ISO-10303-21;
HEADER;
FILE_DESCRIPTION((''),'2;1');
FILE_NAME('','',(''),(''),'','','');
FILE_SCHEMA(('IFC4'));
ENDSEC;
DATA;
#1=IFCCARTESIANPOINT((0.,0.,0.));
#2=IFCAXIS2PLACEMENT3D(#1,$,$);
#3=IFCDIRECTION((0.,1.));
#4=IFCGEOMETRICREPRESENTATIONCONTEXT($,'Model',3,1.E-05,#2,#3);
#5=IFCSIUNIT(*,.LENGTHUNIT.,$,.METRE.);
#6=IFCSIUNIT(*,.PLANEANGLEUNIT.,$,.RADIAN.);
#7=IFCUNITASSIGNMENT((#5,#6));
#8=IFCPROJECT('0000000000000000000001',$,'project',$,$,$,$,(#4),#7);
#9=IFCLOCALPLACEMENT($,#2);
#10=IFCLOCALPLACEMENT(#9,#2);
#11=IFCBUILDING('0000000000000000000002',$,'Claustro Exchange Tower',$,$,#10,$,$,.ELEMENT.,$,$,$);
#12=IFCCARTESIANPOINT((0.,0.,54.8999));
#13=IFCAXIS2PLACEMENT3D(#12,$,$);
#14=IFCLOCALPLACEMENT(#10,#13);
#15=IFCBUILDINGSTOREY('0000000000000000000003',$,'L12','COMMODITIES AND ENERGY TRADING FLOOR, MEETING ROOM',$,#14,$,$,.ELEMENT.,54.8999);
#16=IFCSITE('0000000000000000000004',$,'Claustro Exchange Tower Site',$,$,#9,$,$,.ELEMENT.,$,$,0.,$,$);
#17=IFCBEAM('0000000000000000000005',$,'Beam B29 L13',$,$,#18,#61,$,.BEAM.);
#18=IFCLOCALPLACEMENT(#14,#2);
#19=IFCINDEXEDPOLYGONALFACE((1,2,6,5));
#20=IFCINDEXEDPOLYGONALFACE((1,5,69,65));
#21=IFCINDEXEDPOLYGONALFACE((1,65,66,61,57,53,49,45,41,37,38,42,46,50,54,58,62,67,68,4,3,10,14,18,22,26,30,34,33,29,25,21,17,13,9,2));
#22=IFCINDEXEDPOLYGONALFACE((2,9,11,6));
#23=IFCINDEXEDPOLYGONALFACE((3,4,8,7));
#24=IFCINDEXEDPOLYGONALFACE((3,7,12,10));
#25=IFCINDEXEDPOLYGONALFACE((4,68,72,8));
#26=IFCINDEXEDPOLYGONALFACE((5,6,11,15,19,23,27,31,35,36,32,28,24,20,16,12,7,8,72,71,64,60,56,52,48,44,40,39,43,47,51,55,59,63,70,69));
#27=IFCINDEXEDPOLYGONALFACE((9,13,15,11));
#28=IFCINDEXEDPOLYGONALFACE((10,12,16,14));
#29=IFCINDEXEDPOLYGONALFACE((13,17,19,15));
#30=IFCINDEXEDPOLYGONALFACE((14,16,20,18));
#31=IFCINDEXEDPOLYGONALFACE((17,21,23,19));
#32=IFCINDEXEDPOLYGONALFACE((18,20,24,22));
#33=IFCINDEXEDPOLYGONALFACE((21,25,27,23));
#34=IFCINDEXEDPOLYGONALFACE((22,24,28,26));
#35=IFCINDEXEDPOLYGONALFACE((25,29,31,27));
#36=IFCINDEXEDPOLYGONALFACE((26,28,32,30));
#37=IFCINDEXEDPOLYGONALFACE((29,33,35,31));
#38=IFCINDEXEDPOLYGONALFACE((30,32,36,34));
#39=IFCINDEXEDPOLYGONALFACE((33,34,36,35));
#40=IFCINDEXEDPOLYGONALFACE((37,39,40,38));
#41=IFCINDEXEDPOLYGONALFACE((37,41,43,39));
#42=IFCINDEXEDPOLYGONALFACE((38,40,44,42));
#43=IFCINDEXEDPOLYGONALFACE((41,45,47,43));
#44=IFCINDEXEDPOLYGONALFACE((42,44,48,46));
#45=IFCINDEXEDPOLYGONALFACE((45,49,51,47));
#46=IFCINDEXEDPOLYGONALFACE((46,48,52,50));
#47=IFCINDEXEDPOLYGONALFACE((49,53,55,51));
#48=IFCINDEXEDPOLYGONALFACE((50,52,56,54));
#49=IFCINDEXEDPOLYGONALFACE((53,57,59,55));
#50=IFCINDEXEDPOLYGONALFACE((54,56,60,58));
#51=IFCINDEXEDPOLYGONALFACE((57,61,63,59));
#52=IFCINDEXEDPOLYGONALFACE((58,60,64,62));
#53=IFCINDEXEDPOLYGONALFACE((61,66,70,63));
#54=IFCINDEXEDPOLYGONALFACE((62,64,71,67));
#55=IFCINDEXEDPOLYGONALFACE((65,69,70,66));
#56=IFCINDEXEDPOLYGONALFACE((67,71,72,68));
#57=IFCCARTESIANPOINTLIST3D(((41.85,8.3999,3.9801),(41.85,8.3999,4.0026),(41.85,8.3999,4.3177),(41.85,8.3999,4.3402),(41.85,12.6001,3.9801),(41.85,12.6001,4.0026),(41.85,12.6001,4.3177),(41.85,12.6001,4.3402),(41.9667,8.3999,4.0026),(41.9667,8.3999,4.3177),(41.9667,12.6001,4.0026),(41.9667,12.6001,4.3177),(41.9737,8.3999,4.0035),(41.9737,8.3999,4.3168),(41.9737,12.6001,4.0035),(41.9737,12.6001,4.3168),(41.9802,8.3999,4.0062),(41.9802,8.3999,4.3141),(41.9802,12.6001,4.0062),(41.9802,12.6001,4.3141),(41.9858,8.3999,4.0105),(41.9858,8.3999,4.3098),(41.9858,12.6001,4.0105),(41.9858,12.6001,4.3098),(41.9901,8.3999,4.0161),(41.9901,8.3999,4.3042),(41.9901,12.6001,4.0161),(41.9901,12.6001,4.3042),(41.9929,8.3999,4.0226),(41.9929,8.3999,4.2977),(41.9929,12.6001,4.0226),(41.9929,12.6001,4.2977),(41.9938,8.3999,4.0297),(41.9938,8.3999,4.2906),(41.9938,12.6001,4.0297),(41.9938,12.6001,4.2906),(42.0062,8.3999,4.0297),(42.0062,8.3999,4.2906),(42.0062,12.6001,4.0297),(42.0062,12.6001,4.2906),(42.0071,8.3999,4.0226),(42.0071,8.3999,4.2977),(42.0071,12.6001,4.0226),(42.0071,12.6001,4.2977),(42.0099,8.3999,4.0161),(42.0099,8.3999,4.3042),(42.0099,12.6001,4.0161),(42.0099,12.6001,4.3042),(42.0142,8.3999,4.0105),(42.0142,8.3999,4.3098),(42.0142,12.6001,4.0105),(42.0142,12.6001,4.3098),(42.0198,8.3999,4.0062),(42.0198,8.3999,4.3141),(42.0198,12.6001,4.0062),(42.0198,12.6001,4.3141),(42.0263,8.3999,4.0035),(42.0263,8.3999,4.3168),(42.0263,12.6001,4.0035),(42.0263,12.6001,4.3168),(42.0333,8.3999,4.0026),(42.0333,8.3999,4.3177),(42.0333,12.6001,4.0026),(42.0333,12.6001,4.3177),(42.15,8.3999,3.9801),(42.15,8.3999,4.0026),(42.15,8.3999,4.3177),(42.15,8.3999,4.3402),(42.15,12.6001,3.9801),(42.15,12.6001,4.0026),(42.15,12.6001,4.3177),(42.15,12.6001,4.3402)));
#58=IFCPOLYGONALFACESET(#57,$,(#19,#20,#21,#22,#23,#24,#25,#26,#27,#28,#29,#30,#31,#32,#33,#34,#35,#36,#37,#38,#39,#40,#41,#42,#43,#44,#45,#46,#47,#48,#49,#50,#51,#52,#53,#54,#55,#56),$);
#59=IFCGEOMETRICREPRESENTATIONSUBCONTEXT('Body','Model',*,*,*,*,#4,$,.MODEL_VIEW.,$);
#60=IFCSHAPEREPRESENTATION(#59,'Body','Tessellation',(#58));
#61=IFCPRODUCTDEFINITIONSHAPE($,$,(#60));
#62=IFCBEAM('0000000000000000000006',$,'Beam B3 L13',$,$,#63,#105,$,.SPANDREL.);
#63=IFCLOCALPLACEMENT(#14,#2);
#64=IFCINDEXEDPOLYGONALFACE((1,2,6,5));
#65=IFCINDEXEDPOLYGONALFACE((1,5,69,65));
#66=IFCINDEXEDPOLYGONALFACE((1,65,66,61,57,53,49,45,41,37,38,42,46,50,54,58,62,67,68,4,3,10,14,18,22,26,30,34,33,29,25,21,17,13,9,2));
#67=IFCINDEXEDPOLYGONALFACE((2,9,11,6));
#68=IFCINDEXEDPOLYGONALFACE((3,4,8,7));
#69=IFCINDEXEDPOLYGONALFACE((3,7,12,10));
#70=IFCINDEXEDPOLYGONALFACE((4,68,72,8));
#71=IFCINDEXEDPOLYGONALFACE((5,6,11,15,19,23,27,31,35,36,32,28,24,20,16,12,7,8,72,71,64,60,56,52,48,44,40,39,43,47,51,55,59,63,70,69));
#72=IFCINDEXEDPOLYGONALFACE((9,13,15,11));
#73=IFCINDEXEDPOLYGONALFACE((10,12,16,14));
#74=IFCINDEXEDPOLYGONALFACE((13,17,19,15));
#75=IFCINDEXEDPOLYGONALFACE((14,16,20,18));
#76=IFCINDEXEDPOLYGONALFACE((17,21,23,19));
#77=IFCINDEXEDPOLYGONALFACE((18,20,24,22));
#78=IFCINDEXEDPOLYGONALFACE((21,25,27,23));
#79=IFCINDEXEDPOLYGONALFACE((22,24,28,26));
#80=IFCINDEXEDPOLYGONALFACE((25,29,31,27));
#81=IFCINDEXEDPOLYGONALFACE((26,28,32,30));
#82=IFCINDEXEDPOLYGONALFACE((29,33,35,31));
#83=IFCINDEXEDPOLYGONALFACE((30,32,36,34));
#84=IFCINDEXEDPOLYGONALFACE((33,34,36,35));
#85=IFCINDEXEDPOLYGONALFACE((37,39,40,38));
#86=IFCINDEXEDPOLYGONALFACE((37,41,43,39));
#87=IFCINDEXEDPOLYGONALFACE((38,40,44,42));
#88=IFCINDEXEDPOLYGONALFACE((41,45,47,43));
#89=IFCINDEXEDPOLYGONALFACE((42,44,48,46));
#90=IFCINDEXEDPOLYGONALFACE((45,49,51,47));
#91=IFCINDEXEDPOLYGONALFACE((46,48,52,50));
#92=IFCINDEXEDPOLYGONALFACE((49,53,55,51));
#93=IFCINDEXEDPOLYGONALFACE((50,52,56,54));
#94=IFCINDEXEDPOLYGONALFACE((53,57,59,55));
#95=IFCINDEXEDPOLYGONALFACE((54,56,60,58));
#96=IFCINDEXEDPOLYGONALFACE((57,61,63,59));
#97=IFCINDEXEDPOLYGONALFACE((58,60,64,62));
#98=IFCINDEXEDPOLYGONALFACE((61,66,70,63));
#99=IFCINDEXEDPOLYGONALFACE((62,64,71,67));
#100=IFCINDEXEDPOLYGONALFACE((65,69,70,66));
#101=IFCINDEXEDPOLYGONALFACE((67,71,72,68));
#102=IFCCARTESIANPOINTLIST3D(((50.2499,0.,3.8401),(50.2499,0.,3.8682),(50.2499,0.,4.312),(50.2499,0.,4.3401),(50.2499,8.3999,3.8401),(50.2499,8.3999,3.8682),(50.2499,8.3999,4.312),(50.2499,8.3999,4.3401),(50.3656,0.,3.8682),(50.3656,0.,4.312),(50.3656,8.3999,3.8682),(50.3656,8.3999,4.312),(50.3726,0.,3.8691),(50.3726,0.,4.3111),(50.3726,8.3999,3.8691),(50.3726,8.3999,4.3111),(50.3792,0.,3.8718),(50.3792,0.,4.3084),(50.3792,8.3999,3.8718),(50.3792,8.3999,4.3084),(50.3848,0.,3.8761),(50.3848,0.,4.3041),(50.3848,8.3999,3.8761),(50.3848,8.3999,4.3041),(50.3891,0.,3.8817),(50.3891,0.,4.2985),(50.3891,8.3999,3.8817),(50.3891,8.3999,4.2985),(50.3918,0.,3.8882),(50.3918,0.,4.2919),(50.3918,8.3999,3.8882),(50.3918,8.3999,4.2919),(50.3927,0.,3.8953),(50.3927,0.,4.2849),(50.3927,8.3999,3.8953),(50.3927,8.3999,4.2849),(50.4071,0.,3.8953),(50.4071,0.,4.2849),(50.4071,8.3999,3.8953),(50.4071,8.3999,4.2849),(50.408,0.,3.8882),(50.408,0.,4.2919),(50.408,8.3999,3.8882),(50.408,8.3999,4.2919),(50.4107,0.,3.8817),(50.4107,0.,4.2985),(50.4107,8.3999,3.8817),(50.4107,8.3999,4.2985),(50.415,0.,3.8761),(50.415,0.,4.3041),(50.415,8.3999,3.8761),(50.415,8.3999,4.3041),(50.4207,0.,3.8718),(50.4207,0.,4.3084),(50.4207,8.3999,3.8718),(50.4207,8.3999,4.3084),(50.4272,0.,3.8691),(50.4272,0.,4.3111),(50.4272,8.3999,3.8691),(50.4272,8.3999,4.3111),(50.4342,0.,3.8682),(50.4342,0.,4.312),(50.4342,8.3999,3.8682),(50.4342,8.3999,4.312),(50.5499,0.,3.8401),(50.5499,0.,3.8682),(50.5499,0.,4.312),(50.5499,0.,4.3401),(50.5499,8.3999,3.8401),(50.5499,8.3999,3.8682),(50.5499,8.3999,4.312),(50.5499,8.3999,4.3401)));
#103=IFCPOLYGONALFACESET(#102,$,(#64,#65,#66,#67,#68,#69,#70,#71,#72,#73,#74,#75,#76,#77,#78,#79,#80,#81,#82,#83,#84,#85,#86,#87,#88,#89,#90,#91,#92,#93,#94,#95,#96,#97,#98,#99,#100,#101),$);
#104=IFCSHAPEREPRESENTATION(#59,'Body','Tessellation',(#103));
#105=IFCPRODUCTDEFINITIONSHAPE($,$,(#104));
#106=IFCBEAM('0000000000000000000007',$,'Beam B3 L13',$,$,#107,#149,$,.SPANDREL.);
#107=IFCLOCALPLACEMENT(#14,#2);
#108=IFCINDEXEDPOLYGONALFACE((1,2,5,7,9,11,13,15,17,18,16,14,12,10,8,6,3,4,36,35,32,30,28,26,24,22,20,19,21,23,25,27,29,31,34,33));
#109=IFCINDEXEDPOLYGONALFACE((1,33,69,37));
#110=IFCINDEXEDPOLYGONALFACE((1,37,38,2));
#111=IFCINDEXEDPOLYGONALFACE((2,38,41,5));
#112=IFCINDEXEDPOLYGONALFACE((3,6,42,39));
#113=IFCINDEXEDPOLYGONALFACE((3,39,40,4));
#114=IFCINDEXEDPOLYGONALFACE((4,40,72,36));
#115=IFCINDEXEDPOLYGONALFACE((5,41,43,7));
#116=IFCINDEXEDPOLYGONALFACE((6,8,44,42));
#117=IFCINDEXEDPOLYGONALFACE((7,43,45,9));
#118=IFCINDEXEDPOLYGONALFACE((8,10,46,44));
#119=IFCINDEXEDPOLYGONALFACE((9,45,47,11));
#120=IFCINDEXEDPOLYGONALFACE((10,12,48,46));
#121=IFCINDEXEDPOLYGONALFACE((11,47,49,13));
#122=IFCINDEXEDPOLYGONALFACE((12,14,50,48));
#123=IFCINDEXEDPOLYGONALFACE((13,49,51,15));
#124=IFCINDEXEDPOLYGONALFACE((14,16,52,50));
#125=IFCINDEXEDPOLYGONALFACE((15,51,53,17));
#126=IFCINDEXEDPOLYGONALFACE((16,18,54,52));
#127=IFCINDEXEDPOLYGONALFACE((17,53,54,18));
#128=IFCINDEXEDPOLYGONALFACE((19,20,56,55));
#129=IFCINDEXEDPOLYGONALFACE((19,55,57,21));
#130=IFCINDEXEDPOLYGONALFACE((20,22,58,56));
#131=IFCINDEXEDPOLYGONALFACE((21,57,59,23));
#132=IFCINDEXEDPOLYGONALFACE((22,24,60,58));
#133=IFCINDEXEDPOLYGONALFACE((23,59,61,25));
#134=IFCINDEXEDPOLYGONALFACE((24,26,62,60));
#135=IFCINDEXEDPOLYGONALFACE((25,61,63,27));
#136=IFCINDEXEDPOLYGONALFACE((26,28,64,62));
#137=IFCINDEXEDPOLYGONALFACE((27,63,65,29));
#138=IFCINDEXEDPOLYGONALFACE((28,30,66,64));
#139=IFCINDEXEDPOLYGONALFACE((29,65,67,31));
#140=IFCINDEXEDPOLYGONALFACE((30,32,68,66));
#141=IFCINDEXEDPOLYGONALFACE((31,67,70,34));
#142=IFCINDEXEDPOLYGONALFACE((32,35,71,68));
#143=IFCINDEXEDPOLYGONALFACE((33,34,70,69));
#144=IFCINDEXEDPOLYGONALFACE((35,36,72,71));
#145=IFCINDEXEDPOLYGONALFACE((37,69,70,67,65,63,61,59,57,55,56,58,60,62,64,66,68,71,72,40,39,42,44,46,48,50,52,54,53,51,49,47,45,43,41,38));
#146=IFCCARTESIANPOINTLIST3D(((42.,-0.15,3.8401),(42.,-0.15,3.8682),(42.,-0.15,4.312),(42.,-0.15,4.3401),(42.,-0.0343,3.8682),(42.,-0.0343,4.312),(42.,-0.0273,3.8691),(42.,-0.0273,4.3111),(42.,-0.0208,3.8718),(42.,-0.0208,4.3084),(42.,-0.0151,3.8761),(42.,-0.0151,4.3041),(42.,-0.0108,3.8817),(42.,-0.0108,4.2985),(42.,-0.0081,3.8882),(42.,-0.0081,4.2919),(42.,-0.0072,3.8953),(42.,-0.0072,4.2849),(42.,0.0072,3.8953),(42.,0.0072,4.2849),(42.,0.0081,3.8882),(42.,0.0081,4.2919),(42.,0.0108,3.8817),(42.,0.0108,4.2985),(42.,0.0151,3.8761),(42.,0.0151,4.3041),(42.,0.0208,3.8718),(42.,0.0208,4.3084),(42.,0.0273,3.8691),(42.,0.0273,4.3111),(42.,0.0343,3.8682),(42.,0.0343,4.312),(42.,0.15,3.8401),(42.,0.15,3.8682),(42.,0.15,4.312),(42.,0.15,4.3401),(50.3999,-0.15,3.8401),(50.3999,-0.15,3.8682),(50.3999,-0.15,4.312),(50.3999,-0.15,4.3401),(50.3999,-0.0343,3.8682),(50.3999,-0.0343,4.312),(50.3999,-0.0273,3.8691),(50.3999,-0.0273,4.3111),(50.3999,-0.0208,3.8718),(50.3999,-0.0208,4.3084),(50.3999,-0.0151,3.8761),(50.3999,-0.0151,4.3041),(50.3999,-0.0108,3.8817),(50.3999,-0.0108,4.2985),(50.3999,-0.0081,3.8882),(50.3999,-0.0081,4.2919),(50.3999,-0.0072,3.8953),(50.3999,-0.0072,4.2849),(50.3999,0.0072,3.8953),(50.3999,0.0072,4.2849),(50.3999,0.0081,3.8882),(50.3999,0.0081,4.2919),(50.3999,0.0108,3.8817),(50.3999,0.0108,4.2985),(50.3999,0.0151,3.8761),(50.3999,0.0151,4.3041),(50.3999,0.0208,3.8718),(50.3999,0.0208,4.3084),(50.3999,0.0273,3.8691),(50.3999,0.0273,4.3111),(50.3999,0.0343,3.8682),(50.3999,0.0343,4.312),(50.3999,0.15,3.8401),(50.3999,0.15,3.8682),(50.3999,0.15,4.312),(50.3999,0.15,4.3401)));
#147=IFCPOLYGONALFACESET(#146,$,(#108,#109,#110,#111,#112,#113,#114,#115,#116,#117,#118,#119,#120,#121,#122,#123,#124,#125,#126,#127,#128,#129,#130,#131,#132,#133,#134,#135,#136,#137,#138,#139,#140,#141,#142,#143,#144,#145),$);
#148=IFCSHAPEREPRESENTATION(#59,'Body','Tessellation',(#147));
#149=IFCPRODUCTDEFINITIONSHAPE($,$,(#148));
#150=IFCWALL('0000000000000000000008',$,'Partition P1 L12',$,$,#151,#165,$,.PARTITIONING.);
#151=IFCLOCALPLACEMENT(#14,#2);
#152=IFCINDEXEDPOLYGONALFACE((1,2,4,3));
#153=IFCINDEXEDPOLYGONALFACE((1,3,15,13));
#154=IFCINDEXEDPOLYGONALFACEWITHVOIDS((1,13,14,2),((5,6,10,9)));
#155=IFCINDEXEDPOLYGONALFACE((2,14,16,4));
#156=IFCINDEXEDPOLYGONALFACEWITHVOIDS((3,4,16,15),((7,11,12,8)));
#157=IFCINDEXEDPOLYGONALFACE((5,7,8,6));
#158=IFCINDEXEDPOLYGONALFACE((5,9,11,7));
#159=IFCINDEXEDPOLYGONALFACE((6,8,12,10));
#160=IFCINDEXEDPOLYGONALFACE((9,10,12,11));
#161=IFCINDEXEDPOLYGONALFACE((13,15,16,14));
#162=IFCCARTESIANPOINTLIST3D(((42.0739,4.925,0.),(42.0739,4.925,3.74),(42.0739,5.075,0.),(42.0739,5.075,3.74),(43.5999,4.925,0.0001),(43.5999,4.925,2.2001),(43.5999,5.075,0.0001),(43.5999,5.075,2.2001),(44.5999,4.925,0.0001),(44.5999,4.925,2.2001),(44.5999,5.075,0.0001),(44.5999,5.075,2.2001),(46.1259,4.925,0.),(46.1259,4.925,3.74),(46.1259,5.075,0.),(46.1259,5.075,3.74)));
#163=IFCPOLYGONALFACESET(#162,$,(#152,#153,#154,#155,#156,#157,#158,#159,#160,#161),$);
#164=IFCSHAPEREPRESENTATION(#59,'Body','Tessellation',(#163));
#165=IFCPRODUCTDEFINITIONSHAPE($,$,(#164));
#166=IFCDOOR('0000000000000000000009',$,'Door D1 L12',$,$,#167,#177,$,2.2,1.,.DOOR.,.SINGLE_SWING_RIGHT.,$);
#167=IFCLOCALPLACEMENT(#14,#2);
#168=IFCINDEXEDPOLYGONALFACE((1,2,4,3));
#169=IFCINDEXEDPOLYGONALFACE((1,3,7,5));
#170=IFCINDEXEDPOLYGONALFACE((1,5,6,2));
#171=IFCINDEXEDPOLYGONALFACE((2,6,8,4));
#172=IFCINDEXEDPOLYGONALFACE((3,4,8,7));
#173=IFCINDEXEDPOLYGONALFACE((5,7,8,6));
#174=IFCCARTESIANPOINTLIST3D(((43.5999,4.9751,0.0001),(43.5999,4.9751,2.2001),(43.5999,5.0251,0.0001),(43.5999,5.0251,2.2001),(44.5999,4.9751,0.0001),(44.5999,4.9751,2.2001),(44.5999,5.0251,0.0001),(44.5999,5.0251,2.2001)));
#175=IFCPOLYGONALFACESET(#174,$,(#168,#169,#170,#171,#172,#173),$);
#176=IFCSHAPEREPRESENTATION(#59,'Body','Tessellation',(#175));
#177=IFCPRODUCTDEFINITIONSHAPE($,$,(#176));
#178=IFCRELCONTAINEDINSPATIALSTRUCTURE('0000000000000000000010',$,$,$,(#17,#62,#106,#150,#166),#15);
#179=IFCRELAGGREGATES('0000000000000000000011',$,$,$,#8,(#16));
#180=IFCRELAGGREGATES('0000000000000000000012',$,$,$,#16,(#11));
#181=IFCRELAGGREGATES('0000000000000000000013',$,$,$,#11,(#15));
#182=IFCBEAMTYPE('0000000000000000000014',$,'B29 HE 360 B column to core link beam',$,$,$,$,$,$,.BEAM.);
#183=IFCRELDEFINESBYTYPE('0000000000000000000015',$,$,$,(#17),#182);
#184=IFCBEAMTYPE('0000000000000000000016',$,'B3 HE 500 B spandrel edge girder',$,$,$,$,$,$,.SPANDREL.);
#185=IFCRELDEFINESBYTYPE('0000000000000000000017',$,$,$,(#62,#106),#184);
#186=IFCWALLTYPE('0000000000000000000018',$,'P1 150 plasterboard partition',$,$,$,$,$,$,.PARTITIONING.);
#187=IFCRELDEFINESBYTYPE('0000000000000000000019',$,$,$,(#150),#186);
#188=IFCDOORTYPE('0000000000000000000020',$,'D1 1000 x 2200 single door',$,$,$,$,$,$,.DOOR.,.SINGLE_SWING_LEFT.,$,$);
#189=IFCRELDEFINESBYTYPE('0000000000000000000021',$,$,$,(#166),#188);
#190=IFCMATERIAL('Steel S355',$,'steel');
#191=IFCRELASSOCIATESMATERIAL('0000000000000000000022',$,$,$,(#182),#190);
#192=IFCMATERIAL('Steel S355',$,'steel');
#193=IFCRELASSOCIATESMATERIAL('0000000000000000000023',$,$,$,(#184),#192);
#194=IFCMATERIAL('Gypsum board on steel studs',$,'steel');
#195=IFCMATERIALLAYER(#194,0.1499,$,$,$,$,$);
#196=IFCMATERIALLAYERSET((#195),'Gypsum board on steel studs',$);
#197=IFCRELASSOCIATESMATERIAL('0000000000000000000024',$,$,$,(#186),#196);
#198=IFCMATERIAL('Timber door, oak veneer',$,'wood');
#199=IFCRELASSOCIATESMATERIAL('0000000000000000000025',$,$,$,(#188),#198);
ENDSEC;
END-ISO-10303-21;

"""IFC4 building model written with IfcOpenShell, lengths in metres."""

from ifc_helpers import new_model, si_unit, direction, frame, frame_2d, origin, origin_2d, place, context, subcontext, project, spatial, rectangle, i_section, extrude, material, layer, layer_set, material_profile, profile_set, type_object, element, fill, save


model = new_model("IFC4")

# Units and contexts
model_context = context("Model", 3, precision=1e-05, world=origin(), true_north=direction((0.0, 1.0)))
body_context = subcontext(model_context, "Body", "Model", "MODEL_VIEW")
ifc_project = project(units=[si_unit("LENGTHUNIT", "METRE"), si_unit("PLANEANGLEUNIT", "RADIAN")], contexts=[model_context])

# Site, building, storey
site_placement = place(None, origin())
site = spatial("IfcSite", under=ifc_project, at=site_placement, Name="Claustro Exchange Tower Site", CompositionType="ELEMENT", RefElevation=0.0)
building_placement = place(site_placement, origin())
building = spatial("IfcBuilding", under=site, at=building_placement, Name="Claustro Exchange Tower", CompositionType="ELEMENT")
storey_placement = place(building_placement, frame((0.0, 0.0, 54.8999)))
storey = spatial("IfcBuildingStorey", under=building, at=storey_placement, Name="L12", Description="COMMODITIES AND ENERGY TRADING FLOOR, MEETING ROOM", CompositionType="ELEMENT", Elevation=54.8999)

# Beams
ifc_material_1 = material(Name="Steel S355", Category="steel")
ifc_material_profile_1 = material_profile(ifc_material_1, i_section(OverallWidth=0.3, OverallDepth=0.3601, WebThickness=0.0125, FlangeThickness=0.0225, FilletRadius=0.0271, at=origin_2d()), Name="HE 360 B")
ifc_profile_set_1 = profile_set([ifc_material_profile_1], Name="Steel S355")
beam_type_1 = type_object("IfcBeamType", Name="B29 HE 360 B column to core link beam", PredefinedType="BEAM", material=ifc_profile_set_1)
beam_1_placement = place(storey_placement, frame((42.0, 8.3999, 4.1602), z_axis=(0.0, 1.0, 0.0), x_axis=(-1.0, 0.0, 0.0)))
element("IfcBeam", 1, at=beam_1_placement, inside=storey, type_object=beam_type_1, Name="Beam B29 L13", PredefinedType="BEAM", context=body_context, shape_type="SweptSolid", body=[
    extrude(i_section(OverallWidth=0.3, OverallDepth=0.3601, WebThickness=0.0125, FlangeThickness=0.0225, FilletRadius=0.0271, at=origin_2d()), origin(), (0.0, 0.0, 1.0), 4.2002),
])
ifc_material_2 = material(Name="Steel S355", Category="steel")
ifc_material_profile_2 = material_profile(ifc_material_2, i_section(OverallWidth=0.3, OverallDepth=0.5, WebThickness=0.0144, FlangeThickness=0.0281, FilletRadius=0.0271, at=origin_2d()), Name="HE 500 B")
ifc_profile_set_2 = profile_set([ifc_material_profile_2], Name="Steel S355")
beam_type_2 = type_object("IfcBeamType", Name="B3 HE 500 B spandrel edge girder", PredefinedType="SPANDREL", material=ifc_profile_set_2)
for number, where, z_axis, x_axis, name in (
    (2, (50.3999, 0.0, 4.0901), (0.0, 1.0, 0.0), (-1.0, 0.0, 0.0), "Beam B3 L13"),
    (3, (42.0, 0.0, 4.0901), (1.0, 0.0, 0.0), (0.0, 1.0, 0.0), "Beam B3 L13"),
):
    element("IfcBeam", number, at=place(storey_placement, frame(where, z_axis=z_axis, x_axis=x_axis)), inside=storey, type_object=beam_type_2, Name=name, PredefinedType="SPANDREL", context=body_context, shape_type="SweptSolid", body=[
        extrude(i_section(OverallWidth=0.3, OverallDepth=0.5, WebThickness=0.0144, FlangeThickness=0.0281, FilletRadius=0.0271, at=origin_2d()), origin(), (0.0, 0.0, 1.0), 8.3999),
    ])

# Wall, opening, door
ifc_material_3 = material(Name="Gypsum board on steel studs", Category="steel")
ifc_layer_1 = layer(ifc_material_3, 0.1499)
ifc_layer_set_1 = layer_set([ifc_layer_1], Name="Gypsum board on steel studs")
wall_type_1 = type_object("IfcWallType", Name="P1 150 plasterboard partition", PredefinedType="PARTITIONING", material=ifc_layer_set_1)
wall_1_placement = place(storey_placement, frame((42.074, 5.0, 0.0), z_axis=(0.0, 0.0, 1.0), x_axis=(1.0, 0.0, 0.0)))
wall_1 = element("IfcWall", 4, at=wall_1_placement, inside=storey, type_object=wall_type_1, Name="Partition P1 L12", PredefinedType="PARTITIONING", context=body_context, shape_type="SweptSolid", body=[
    extrude(rectangle(XDim=4.052, YDim=0.1499, at=frame_2d((2.0259, 0.0))), origin(), (0.0, 0.0, 1.0), 3.74),
])
opening_1_placement = place(wall_1_placement, frame((1.5259, 0.0, 0.0)))
opening_1 = element("IfcOpeningElement", 5, at=opening_1_placement, cuts=wall_1, PredefinedType="OPENING", context=body_context, shape_type="SweptSolid", body=[
    extrude(rectangle(XDim=1.0, YDim=2.2, at=frame_2d((0.5, 1.1001))), frame((0.0, 0.085, 0.0), z_axis=(0.0, -1.0, 0.0), x_axis=(1.0, 0.0, 0.0)), (0.0, 0.0, 1.0), 0.1699),
])
ifc_material_4 = material(Name="Timber door, oak veneer", Category="wood")
door_type = type_object("IfcDoorType", Name="D1 1000 x 2200 single door", OperationType="SINGLE_SWING_LEFT", PredefinedType="DOOR", material=ifc_material_4)
door_1_placement = place(opening_1_placement, frame((1.0, 0.0, 0.0), z_axis=(0.0, 0.0, 1.0), x_axis=(-1.0, 0.0, 0.0)))
door_1 = element("IfcDoor", 6, at=door_1_placement, inside=storey, type_object=door_type, Name="Door D1 L12", OperationType="SINGLE_SWING_RIGHT", OverallHeight=2.2, OverallWidth=1.0, PredefinedType="DOOR", context=body_context, shape_type="SweptSolid", body=[
    extrude(rectangle(XDim=1.0, YDim=2.2, at=frame_2d((0.5, 1.1001))), frame((0.0, 0.0249, 0.0), z_axis=(0.0, -1.0, 0.0), x_axis=(1.0, 0.0, 0.0)), (0.0, 0.0, 1.0), 0.05),
])
fill(opening_1, door_1)

save(model, "model.ifc")
